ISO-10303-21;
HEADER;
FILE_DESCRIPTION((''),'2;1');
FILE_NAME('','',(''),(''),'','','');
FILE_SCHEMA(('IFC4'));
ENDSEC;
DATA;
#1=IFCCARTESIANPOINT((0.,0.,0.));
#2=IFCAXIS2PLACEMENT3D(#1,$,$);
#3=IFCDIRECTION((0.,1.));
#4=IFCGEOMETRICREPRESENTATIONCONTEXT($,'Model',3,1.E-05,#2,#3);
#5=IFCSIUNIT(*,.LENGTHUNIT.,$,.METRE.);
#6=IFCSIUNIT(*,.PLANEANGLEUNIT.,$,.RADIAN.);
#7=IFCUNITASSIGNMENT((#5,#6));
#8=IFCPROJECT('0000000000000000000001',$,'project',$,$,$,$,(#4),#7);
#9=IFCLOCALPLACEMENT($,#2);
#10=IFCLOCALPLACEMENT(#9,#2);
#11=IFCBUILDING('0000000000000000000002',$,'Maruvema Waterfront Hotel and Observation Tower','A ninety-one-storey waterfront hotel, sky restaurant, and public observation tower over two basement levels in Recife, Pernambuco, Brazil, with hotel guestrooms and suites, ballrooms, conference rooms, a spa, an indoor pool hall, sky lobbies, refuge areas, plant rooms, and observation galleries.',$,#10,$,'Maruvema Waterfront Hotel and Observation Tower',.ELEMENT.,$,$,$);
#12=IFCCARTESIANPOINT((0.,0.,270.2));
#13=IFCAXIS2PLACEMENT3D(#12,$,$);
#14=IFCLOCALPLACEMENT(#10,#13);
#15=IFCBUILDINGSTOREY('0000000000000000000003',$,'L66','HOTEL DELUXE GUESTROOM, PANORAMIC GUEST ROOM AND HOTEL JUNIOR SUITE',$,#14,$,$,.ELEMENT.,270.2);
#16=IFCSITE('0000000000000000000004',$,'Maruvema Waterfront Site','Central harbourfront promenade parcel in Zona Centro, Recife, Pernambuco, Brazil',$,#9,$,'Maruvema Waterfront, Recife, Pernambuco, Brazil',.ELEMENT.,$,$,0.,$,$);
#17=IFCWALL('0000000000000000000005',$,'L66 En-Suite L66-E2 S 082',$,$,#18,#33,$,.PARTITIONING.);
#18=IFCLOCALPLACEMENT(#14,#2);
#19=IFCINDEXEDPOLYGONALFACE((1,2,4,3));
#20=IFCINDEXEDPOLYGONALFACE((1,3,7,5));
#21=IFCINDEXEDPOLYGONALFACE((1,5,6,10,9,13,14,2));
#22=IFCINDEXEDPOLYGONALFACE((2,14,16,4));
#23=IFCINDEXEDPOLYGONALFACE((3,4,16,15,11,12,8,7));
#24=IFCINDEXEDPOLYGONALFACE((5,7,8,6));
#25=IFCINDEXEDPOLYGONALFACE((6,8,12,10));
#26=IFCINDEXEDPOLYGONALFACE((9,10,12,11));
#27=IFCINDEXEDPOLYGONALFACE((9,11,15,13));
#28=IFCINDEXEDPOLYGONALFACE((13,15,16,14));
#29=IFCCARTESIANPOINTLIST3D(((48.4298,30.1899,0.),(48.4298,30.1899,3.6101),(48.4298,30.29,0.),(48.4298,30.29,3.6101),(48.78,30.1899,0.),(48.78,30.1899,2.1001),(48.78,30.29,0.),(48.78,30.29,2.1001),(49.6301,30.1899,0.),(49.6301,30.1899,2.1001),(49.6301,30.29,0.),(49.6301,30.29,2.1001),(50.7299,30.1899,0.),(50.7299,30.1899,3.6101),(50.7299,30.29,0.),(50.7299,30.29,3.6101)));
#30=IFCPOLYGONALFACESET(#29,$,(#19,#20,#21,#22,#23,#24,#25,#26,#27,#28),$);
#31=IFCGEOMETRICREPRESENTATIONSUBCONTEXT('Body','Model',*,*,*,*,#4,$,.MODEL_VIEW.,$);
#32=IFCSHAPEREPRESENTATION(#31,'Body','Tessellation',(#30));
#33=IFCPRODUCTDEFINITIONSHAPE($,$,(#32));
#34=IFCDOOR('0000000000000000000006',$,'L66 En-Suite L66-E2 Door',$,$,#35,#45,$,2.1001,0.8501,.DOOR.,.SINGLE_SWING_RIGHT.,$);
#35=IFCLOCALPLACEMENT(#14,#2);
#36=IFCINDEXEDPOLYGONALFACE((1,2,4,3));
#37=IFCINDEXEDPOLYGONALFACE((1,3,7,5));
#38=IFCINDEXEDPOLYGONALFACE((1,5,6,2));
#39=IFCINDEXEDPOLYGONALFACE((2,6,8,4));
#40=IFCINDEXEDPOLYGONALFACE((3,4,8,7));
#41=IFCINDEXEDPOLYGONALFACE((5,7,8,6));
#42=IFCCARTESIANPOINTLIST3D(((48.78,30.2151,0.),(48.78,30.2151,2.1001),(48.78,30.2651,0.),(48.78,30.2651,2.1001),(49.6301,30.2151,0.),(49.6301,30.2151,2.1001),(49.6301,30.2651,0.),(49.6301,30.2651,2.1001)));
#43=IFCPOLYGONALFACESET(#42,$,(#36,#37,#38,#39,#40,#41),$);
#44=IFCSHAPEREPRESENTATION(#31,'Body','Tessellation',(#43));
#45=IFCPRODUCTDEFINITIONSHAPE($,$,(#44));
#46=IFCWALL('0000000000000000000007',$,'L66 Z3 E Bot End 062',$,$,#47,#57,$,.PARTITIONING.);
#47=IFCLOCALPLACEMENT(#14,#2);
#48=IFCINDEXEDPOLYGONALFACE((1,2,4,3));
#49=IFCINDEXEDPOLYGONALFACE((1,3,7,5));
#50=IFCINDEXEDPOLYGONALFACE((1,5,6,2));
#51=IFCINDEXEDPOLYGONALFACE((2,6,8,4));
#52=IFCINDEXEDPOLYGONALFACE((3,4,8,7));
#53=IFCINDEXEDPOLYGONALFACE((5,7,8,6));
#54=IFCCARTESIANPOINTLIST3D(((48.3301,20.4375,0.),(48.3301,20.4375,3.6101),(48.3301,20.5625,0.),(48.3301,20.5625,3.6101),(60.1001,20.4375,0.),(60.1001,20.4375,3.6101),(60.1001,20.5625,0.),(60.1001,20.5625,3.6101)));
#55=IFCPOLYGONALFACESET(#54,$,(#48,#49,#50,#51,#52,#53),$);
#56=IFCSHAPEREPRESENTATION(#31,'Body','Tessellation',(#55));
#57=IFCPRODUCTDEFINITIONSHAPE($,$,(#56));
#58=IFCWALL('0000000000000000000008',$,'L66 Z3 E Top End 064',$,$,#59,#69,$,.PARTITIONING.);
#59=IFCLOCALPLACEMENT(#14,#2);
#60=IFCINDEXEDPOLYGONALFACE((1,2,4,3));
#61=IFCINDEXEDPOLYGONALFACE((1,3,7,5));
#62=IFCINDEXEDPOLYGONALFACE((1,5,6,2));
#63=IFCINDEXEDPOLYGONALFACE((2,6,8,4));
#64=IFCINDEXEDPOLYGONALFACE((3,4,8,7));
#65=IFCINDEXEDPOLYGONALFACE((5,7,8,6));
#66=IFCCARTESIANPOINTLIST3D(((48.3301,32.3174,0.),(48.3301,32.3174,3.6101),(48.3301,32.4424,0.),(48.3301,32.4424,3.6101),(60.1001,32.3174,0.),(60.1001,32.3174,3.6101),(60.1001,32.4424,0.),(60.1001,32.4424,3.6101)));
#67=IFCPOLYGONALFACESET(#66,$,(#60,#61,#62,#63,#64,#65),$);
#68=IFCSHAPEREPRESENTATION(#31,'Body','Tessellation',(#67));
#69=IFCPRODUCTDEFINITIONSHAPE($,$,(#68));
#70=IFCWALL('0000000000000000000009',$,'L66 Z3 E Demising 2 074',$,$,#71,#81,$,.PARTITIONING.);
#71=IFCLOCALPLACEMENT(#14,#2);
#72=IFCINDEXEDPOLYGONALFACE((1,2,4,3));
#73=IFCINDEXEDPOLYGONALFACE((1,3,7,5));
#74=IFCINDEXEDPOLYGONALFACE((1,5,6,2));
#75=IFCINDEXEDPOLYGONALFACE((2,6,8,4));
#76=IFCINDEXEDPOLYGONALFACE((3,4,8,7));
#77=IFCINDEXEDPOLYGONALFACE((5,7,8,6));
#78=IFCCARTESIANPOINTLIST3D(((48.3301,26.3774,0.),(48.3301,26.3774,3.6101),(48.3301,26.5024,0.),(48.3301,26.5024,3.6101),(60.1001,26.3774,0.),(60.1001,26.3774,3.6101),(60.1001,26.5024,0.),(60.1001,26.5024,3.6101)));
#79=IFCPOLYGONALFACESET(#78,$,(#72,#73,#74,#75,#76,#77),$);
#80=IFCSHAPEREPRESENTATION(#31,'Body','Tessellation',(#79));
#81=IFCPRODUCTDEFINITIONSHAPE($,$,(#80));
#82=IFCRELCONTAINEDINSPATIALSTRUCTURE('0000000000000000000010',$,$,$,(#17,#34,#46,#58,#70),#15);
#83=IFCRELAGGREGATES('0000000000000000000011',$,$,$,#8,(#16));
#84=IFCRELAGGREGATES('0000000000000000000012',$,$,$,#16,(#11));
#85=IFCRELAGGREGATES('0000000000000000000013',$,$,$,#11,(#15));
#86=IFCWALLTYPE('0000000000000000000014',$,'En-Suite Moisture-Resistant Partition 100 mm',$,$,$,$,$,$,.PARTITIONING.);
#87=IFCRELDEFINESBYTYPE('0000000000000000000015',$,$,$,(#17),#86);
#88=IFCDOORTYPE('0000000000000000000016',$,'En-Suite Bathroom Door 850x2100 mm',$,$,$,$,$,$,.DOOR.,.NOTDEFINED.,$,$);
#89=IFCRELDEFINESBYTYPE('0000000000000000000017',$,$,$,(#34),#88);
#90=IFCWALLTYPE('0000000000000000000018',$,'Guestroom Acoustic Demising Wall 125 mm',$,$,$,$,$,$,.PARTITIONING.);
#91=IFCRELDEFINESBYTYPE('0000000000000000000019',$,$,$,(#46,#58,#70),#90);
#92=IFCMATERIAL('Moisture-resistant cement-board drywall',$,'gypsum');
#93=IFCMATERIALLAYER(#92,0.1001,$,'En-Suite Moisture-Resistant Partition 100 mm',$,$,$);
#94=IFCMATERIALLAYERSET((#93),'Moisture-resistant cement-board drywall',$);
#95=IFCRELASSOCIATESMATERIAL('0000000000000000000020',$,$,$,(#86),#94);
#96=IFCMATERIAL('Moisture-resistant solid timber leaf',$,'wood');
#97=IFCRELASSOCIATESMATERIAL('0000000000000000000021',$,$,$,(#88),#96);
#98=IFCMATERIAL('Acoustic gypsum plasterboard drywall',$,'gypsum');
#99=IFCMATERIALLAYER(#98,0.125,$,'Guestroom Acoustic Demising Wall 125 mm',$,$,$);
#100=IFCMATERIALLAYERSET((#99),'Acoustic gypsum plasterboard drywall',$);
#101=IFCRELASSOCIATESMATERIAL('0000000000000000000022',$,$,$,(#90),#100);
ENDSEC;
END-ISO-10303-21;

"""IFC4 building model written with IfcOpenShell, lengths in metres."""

from ifc_helpers import new_model, si_unit, direction, frame, frame_2d, origin, place, context, subcontext, project, spatial, rectangle, extrude, material, layer, layer_set, type_object, element, fill, save


model = new_model("IFC4")

# Units and contexts
model_context = context("Model", 3, precision=1e-05, world=origin(), true_north=direction((0.0, 1.0)))
body_context = subcontext(model_context, "Body", "Model", "MODEL_VIEW")
ifc_project = project(units=[si_unit("LENGTHUNIT", "METRE"), si_unit("PLANEANGLEUNIT", "RADIAN")], contexts=[model_context])

# Site, building, storey
site_placement = place(None, origin())
site = spatial("IfcSite", under=ifc_project, at=site_placement, Name="Maruvema Waterfront Site", Description="Central harbourfront promenade parcel in Zona Centro, Recife, Pernambuco, Brazil", LongName="Maruvema Waterfront, Recife, Pernambuco, Brazil", CompositionType="ELEMENT", RefElevation=0.0)
building_placement = place(site_placement, origin())
building = spatial("IfcBuilding", under=site, at=building_placement, Name="Maruvema Waterfront Hotel and Observation Tower", Description="A ninety-one-storey waterfront hotel, sky restaurant, and public observation tower over two basement levels in Recife, Pernambuco, Brazil, with hotel guestrooms and suites, ballrooms, conference rooms, a spa, an indoor pool hall, sky lobbies, refuge areas, plant rooms, and observation galleries.", LongName="Maruvema Waterfront Hotel and Observation Tower", CompositionType="ELEMENT")
storey_placement = place(building_placement, frame((0.0, 0.0, 270.2)))
storey = spatial("IfcBuildingStorey", under=building, at=storey_placement, Name="L66", Description="HOTEL DELUXE GUESTROOM, PANORAMIC GUEST ROOM AND HOTEL JUNIOR SUITE", CompositionType="ELEMENT", Elevation=270.2)

# Shared definitions
ifc_material_1 = material(Name="Moisture-resistant cement-board drywall", Category="gypsum")
ifc_layer_1 = layer(ifc_material_1, 0.1001, Name="En-Suite Moisture-Resistant Partition 100 mm")
ifc_layer_set_1 = layer_set([ifc_layer_1], Name="Moisture-resistant cement-board drywall")
wall_type_1 = type_object("IfcWallType", Name="En-Suite Moisture-Resistant Partition 100 mm", PredefinedType="PARTITIONING", material=ifc_layer_set_1)

# Wall, opening, door
ifc_material_2 = material(Name="Moisture-resistant solid timber leaf", Category="wood")
door_type_1 = type_object("IfcDoorType", Name="En-Suite Bathroom Door 850x2100 mm", OperationType="NOTDEFINED", PredefinedType="DOOR", material=ifc_material_2)
wall_1_placement = place(storey_placement, frame((48.4299, 30.24, 0.0), z_axis=(0.0, 0.0, 1.0), x_axis=(1.0, 0.0, 0.0)))
wall_1 = element("IfcWall", 1, at=wall_1_placement, inside=storey, type_object=wall_type_1, Name="L66 En-Suite L66-E2 S 082", PredefinedType="PARTITIONING", context=body_context, shape_type="SweptSolid", body=[
    extrude(rectangle(XDim=2.3, YDim=0.1001, at=frame_2d((1.1499, 0.0))), origin(), (0.0, 0.0, 1.0), 3.6101),
])
opening_1_placement = place(wall_1_placement, frame((0.3501, 0.0, 0.0)))
opening_1 = element("IfcOpeningElement", 2, at=opening_1_placement, cuts=wall_1, PredefinedType="OPENING", context=body_context, shape_type="SweptSolid", body=[
    extrude(rectangle(XDim=0.8501, YDim=2.1001, at=frame_2d((0.425, 1.05))), frame((0.0, 0.0601, 0.0), z_axis=(0.0, -1.0, 0.0), x_axis=(1.0, 0.0, 0.0)), (0.0, 0.0, 1.0), 0.1201),
])
door_1_placement = place(opening_1_placement, frame((0.8501, 0.0, 0.0), z_axis=(0.0, 0.0, 1.0), x_axis=(-1.0, 0.0, 0.0)))
door_1 = element("IfcDoor", 3, at=door_1_placement, inside=storey, type_object=door_type_1, Name="L66 En-Suite L66-E2 Door", OperationType="SINGLE_SWING_RIGHT", OverallHeight=2.1001, OverallWidth=0.8501, PredefinedType="DOOR", context=body_context, shape_type="SweptSolid", body=[
    extrude(rectangle(XDim=0.8501, YDim=2.1001, at=frame_2d((0.425, 1.05))), frame((0.0, 0.0249, 0.0), z_axis=(0.0, -1.0, 0.0), x_axis=(1.0, 0.0, 0.0)), (0.0, 0.0, 1.0), 0.05),
])
fill(opening_1, door_1)

# Walls
ifc_material_3 = material(Name="Acoustic gypsum plasterboard drywall", Category="gypsum")
ifc_layer_2 = layer(ifc_material_3, 0.125, Name="Guestroom Acoustic Demising Wall 125 mm")
ifc_layer_set_2 = layer_set([ifc_layer_2], Name="Acoustic gypsum plasterboard drywall")
wall_type_2 = type_object("IfcWallType", Name="Guestroom Acoustic Demising Wall 125 mm", PredefinedType="PARTITIONING", material=ifc_layer_set_2)
for number, where, z_axis, x_axis, name in (
    (4, (48.3301, 20.5, 0.0), (0.0, 0.0, 1.0), (1.0, 0.0, 0.0), "L66 Z3 E Bot End 062"),
    (5, (48.3301, 32.3799, 0.0), (0.0, 0.0, 1.0), (1.0, 0.0, 0.0), "L66 Z3 E Top End 064"),
    (6, (48.3301, 26.4399, 0.0), (0.0, 0.0, 1.0), (1.0, 0.0, 0.0), "L66 Z3 E Demising 2 074"),
):
    element("IfcWall", number, at=place(storey_placement, frame(where, z_axis=z_axis, x_axis=x_axis)), inside=storey, type_object=wall_type_2, Name=name, PredefinedType="PARTITIONING", context=body_context, shape_type="SweptSolid", body=[
        extrude(rectangle(XDim=11.77, YDim=0.125, at=frame_2d((5.885, 0.0))), origin(), (0.0, 0.0, 1.0), 3.6101),
    ])

save(model, "model.ifc")
